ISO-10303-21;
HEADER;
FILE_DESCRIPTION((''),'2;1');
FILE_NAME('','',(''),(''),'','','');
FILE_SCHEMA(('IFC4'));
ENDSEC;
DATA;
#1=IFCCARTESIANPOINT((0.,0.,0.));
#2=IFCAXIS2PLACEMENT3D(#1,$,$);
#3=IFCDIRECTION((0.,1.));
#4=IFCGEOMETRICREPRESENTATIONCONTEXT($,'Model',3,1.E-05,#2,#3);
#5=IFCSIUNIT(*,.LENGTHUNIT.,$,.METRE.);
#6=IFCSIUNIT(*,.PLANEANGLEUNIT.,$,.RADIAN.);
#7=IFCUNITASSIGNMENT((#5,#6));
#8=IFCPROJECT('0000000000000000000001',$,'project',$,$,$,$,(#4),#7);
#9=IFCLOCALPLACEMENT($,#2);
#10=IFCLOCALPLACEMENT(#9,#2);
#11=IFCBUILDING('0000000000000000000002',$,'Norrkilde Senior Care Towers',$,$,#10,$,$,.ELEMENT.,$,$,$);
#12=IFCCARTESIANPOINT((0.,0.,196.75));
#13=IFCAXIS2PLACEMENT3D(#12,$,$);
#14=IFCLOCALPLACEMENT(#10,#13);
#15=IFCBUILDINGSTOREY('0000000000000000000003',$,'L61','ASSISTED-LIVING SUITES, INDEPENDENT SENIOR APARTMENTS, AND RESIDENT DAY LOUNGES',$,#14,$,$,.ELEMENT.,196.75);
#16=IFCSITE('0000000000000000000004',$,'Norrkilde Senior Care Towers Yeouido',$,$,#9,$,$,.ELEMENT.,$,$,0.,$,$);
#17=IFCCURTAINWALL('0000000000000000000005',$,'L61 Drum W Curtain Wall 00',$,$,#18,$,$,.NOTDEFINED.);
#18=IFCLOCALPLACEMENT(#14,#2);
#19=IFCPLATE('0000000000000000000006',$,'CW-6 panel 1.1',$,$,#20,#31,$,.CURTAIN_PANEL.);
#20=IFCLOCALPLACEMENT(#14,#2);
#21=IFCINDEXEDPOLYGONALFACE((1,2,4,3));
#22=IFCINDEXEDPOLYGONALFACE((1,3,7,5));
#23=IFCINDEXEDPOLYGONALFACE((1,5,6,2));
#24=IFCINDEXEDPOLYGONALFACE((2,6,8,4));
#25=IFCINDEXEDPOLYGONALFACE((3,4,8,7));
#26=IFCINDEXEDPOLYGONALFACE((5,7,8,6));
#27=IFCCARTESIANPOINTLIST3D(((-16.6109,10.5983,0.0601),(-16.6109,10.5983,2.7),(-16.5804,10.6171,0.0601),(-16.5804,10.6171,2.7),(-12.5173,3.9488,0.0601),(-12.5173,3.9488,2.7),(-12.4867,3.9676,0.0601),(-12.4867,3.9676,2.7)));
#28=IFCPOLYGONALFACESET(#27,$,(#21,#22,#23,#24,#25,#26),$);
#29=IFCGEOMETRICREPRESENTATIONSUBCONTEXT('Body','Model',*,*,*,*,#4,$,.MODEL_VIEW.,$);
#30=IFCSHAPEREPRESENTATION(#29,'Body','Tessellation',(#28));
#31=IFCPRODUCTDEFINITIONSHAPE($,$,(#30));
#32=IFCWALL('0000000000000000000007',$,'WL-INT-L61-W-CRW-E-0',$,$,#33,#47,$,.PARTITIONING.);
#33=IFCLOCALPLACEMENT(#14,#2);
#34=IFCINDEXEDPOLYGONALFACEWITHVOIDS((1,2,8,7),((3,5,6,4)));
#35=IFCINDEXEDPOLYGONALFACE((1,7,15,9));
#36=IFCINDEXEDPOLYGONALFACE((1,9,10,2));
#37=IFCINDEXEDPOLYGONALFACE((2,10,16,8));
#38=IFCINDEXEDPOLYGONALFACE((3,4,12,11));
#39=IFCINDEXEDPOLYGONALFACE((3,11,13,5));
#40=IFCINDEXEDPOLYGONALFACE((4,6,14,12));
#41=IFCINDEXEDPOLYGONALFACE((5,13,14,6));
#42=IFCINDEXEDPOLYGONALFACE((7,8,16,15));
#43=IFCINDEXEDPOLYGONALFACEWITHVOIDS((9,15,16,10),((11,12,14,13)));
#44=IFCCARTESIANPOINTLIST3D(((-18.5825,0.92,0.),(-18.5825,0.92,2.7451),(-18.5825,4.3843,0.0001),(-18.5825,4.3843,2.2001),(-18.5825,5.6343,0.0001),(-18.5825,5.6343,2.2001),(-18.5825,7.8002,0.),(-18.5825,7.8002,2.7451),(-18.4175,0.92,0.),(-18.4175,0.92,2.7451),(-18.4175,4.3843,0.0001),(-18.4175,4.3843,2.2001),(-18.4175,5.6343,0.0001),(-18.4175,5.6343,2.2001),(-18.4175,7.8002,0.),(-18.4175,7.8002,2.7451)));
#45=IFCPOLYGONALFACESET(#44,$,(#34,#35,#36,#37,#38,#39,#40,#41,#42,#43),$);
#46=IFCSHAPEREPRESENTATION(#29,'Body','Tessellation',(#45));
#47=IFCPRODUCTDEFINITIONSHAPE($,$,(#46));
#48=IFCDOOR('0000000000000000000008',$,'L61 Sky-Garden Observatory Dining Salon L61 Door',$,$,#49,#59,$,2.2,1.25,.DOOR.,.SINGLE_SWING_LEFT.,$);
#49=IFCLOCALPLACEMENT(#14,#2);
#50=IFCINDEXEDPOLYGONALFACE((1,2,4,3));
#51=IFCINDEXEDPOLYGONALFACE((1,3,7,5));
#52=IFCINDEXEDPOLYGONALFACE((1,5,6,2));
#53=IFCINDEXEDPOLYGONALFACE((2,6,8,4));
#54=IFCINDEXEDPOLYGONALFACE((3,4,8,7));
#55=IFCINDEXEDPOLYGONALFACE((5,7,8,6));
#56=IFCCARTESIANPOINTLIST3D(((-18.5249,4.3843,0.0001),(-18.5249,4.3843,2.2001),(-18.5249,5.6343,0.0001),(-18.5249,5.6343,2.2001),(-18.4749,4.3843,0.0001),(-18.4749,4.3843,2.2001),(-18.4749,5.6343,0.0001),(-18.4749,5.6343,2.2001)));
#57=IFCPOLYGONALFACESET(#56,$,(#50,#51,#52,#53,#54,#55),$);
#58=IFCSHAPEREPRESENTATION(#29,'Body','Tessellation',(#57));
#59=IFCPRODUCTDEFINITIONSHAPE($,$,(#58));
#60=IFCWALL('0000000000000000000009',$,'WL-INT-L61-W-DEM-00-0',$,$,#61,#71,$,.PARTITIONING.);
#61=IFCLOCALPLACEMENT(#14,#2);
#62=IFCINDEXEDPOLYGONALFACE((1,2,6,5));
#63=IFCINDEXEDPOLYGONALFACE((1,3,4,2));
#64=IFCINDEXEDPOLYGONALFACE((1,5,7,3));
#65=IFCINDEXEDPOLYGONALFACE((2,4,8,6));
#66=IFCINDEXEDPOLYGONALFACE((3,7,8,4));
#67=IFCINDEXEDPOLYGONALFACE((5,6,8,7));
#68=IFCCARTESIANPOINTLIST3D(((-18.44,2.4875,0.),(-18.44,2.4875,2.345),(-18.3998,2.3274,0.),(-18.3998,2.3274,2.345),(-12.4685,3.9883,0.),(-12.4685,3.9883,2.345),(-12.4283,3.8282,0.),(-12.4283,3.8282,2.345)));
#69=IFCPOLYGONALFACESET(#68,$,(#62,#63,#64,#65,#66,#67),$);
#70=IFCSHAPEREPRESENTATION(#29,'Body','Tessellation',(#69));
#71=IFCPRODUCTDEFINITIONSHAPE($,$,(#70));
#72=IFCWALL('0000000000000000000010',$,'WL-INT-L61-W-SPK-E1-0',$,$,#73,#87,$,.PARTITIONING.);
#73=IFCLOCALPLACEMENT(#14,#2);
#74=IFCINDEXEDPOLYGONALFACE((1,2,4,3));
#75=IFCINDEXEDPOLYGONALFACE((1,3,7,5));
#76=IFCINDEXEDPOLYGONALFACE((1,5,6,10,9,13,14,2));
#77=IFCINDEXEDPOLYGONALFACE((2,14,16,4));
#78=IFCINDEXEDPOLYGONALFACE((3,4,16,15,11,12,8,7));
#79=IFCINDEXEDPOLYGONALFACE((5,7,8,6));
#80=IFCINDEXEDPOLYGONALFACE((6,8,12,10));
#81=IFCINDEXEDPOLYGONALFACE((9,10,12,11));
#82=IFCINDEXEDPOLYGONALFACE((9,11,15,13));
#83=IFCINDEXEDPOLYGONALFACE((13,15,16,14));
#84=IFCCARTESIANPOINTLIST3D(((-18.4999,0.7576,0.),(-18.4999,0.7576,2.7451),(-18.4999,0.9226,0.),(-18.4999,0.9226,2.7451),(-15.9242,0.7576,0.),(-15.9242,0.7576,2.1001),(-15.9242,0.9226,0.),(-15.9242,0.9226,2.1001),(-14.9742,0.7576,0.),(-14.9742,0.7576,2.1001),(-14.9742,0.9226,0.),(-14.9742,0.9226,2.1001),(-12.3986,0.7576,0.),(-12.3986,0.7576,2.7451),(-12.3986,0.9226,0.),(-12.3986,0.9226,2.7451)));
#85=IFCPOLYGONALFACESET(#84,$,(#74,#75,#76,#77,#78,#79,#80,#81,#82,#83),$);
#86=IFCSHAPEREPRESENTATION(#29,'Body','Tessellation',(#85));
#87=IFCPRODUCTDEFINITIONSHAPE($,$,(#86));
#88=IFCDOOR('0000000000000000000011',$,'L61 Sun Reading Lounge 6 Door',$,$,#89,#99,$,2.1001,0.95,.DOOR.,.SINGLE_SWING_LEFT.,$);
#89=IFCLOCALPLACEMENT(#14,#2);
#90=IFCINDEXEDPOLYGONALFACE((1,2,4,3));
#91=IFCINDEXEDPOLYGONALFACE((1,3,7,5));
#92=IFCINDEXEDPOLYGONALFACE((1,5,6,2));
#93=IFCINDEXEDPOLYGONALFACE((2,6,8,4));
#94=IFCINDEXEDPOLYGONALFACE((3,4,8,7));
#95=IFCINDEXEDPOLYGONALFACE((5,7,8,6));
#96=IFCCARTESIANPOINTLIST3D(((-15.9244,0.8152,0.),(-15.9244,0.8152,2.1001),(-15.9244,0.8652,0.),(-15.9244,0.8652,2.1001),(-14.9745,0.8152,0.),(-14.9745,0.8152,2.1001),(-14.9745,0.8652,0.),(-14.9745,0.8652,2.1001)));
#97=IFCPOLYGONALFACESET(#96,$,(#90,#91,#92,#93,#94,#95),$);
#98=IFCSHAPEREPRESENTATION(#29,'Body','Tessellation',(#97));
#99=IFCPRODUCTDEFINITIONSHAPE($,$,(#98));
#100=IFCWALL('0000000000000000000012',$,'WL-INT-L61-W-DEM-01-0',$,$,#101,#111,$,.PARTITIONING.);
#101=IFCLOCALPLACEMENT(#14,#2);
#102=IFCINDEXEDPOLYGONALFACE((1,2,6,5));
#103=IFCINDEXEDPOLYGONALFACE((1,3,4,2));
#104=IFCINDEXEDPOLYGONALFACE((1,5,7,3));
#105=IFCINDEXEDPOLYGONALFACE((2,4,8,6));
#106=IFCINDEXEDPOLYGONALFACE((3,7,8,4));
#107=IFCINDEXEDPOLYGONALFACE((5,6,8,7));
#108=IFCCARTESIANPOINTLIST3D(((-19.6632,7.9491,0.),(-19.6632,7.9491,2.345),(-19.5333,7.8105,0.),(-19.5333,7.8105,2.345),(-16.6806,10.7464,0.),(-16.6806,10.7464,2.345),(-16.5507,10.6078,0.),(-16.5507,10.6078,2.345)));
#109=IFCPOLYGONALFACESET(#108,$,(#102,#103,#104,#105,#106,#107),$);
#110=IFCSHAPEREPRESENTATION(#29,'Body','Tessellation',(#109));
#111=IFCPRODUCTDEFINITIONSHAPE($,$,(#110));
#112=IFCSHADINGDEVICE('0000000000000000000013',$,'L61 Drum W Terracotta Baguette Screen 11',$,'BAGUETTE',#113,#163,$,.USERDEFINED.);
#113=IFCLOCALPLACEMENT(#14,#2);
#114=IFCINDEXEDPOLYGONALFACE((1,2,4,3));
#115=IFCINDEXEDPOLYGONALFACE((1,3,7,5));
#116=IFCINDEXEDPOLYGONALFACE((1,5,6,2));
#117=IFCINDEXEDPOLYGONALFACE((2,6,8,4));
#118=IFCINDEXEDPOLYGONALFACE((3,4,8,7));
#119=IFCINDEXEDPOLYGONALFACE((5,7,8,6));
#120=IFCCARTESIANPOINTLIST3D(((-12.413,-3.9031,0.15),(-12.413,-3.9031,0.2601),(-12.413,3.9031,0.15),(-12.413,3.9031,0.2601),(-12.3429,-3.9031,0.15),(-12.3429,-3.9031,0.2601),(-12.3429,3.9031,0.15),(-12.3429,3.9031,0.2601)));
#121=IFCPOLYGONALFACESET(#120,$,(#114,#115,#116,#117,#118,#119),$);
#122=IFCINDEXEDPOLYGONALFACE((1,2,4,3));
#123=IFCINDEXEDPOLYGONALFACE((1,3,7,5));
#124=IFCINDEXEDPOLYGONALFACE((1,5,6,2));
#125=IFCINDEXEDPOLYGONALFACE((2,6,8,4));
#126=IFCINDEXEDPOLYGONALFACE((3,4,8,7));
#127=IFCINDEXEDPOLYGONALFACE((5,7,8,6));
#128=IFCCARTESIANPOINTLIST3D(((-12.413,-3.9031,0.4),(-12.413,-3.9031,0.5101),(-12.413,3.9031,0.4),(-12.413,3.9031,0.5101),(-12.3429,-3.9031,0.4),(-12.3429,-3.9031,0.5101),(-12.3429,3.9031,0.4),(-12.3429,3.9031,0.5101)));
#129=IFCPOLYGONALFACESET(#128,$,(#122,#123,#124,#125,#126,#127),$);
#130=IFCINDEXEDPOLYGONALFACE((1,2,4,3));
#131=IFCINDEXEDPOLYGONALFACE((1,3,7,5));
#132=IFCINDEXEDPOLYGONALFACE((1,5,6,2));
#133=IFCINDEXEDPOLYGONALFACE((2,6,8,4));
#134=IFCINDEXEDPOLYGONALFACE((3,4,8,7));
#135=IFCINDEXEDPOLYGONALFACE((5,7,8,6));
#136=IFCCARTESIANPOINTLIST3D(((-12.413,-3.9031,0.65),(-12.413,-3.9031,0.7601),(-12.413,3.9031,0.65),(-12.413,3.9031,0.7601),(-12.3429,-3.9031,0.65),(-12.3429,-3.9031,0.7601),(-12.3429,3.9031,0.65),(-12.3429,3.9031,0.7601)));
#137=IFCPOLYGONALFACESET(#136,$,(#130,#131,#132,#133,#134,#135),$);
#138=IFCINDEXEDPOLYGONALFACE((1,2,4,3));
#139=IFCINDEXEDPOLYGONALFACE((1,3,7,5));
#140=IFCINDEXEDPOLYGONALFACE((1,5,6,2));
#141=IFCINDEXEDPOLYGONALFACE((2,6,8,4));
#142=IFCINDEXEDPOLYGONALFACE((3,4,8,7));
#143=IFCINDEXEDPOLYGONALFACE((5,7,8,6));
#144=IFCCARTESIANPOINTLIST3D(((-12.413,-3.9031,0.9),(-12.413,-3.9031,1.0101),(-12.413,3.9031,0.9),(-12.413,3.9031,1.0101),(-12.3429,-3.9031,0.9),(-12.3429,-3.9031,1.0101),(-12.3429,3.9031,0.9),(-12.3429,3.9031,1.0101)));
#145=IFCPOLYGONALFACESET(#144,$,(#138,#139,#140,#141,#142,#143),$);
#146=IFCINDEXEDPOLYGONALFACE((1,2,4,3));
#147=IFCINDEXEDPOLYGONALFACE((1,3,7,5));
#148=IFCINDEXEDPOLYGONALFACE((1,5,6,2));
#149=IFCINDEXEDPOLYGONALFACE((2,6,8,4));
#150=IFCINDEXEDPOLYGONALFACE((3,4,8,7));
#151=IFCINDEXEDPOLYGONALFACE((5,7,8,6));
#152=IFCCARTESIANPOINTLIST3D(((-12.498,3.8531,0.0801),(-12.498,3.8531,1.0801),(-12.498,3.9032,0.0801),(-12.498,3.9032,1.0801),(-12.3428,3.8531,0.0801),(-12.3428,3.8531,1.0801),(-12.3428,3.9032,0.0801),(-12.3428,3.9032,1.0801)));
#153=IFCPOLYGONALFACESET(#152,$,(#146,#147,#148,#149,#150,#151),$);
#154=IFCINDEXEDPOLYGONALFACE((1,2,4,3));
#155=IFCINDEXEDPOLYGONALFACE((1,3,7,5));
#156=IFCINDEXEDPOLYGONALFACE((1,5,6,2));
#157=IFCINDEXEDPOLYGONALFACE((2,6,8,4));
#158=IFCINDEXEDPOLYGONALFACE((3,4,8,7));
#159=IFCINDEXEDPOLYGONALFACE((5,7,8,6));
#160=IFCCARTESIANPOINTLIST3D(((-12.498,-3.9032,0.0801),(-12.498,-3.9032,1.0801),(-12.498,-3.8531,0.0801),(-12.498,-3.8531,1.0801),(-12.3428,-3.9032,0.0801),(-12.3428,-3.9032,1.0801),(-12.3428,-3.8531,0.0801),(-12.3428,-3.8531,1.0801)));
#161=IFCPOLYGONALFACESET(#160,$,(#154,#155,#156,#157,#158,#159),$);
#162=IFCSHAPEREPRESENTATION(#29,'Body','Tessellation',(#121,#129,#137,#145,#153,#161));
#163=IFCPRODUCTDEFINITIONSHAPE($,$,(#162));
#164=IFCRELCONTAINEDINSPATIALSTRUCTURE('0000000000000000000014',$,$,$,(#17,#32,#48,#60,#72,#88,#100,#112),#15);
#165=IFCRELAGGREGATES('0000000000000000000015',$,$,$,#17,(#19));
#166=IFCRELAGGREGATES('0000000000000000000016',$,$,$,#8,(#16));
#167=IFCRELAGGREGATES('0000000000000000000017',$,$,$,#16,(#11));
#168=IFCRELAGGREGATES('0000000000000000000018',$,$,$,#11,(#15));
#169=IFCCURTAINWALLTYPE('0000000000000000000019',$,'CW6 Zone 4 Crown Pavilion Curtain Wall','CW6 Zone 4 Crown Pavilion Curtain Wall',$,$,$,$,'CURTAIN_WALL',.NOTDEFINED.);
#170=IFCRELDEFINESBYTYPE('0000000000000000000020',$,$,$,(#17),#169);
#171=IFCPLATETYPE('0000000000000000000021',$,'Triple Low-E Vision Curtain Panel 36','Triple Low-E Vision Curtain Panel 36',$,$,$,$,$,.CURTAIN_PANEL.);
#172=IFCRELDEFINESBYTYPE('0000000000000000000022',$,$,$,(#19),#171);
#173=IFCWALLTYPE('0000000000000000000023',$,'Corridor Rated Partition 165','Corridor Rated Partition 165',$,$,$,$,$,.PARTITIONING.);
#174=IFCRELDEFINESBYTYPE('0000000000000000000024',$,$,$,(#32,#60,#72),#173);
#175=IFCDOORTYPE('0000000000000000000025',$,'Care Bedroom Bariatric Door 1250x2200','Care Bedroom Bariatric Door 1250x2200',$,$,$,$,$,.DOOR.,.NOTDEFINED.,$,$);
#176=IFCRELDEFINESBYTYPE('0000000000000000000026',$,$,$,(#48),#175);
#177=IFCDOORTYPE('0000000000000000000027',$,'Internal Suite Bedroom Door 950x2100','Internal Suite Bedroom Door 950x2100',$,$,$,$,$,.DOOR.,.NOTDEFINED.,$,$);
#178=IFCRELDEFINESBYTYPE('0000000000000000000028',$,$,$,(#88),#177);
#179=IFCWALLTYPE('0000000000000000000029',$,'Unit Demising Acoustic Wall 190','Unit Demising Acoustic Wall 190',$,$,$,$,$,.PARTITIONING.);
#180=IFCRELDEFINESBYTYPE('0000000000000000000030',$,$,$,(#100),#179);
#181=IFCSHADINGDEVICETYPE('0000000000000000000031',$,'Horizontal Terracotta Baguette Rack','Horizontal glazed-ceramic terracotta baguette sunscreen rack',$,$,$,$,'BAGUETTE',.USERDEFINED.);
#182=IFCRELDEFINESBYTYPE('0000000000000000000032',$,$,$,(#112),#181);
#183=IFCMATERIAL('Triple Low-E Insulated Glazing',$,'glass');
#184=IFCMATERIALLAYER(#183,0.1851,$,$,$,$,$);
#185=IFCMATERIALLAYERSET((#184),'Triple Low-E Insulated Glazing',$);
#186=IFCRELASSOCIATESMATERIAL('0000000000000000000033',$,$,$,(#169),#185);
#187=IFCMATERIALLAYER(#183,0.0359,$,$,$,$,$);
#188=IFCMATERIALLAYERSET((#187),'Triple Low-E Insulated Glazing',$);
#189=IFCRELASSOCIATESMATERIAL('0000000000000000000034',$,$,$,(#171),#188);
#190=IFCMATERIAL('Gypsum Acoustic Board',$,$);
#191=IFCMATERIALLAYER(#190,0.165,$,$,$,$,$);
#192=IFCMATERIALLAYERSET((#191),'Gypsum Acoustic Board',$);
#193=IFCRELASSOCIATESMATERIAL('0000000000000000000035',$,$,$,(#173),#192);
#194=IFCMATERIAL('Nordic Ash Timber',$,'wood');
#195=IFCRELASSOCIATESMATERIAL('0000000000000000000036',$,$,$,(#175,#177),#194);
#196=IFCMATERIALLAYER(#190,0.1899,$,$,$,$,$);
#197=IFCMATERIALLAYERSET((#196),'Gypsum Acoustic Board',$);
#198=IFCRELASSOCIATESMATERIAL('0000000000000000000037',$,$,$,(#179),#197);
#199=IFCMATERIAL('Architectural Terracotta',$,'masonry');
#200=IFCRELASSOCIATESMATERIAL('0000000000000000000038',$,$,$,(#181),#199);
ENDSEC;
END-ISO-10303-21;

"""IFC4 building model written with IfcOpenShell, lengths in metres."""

from ifc_helpers import new_model, si_unit, direction, frame, frame_2d, origin, origin_2d, place, context, subcontext, project, spatial, rectangle, extrude, source, transform, mapped, material, layer, layer_set, type_object, type_shapes, element, fill, aggregate, save


model = new_model("IFC4")

# Units and contexts
model_context = context("Model", 3, precision=1e-05, world=origin(), true_north=direction((0.0, 1.0)))
body_context = subcontext(model_context, "Body", "Model", "MODEL_VIEW")
ifc_project = project(units=[si_unit("LENGTHUNIT", "METRE"), si_unit("PLANEANGLEUNIT", "RADIAN")], contexts=[model_context])

# Site, building, storey
site_placement = place(None, origin())
site = spatial("IfcSite", under=ifc_project, at=site_placement, Name="Norrkilde Senior Care Towers Yeouido", CompositionType="ELEMENT", RefElevation=0.0)
building_placement = place(site_placement, origin())
building = spatial("IfcBuilding", under=site, at=building_placement, Name="Norrkilde Senior Care Towers", CompositionType="ELEMENT")
storey_placement = place(building_placement, frame((0.0, 0.0, 196.75)))
storey = spatial("IfcBuildingStorey", under=building, at=storey_placement, Name="L61", Description="ASSISTED-LIVING SUITES, INDEPENDENT SENIOR APARTMENTS, AND RESIDENT DAY LOUNGES", CompositionType="ELEMENT", Elevation=196.75)

# Curtain wall
ifc_material_1 = material(Name="Triple Low-E Insulated Glazing", Category="glass")
ifc_layer_1 = layer(ifc_material_1, 0.1851)
ifc_layer_set_1 = layer_set([ifc_layer_1], Name="Triple Low-E Insulated Glazing")
curtain_wall_type = type_object("IfcCurtainWallType", Name="CW6 Zone 4 Crown Pavilion Curtain Wall", Description="CW6 Zone 4 Crown Pavilion Curtain Wall", ElementType="CURTAIN_WALL", PredefinedType="NOTDEFINED", material=ifc_layer_set_1)
curtain_wall_1_placement = place(storey_placement, origin())
curtain_wall_1 = element("IfcCurtainWall", 1, at=curtain_wall_1_placement, inside=storey, type_object=curtain_wall_type, Name="L61 Drum W Curtain Wall 00", PredefinedType="NOTDEFINED")

# Plate
ifc_layer_2 = layer(ifc_material_1, 0.0359)
ifc_layer_set_2 = layer_set([ifc_layer_2], Name="Triple Low-E Insulated Glazing")
plate_type_1 = type_object("IfcPlateType", Name="Triple Low-E Vision Curtain Panel 36", Description="Triple Low-E Vision Curtain Panel 36", PredefinedType="CURTAIN_PANEL", material=ifc_layer_set_2)
shared_shape_1 = source(origin(), body_context, "Body", "SweptSolid", [
    extrude(rectangle(XDim=7.8086, YDim=0.0359, at=origin_2d()), origin(), (0.0, 0.0, 1.0), 2.6399),
])
type_shapes(plate_type_1, [shared_shape_1])
plate_placement = place(storey_placement, frame((-14.5488, 7.283, 0.0601), z_axis=(0.0, 0.0, 1.0), x_axis=(0.524253, -0.851563, 0.0)))
plate = element("IfcPlate", 2, at=plate_placement, type_object=plate_type_1, Name="CW-6 panel 1.1", PredefinedType="CURTAIN_PANEL", context=body_context, shape_type="MappedRepresentation", body=[
    mapped(shared_shape_1, transform((0.0, 0.0, 0.0), x_axis=(1.0, 0.0, 0.0), y_axis=(0.0, 1.0, 0.0), z_axis=(0.0, 0.0, 1.0), scale=1.0)),
])
aggregate(curtain_wall_1, [plate])

# Wall, opening, door
ifc_material_2 = material(Name="Gypsum Acoustic Board")
ifc_layer_3 = layer(ifc_material_2, 0.165)
ifc_layer_set_3 = layer_set([ifc_layer_3], Name="Gypsum Acoustic Board")
wall_type_1 = type_object("IfcWallType", Name="Corridor Rated Partition 165", Description="Corridor Rated Partition 165", PredefinedType="PARTITIONING", material=ifc_layer_set_3)
shared_shape_2 = source(origin(), body_context, "Body", "SweptSolid", [
    extrude(rectangle(XDim=6.8801, YDim=0.165, at=frame_2d((3.4399, 0.0))), origin(), (0.0, 0.0, 1.0), 2.7451),
])
wall_1_placement = place(storey_placement, frame((-18.5, 7.8, 0.0), z_axis=(0.0, 0.0, 1.0), x_axis=(0.0, -1.0, 0.0)))
wall_1 = element("IfcWall", 3, at=wall_1_placement, inside=storey, type_object=wall_type_1, Name="WL-INT-L61-W-CRW-E-0", PredefinedType="PARTITIONING", context=body_context, shape_type="MappedRepresentation", body=[
    mapped(shared_shape_2, transform((0.0, 0.0, 0.0), x_axis=(1.0, 0.0, 0.0), y_axis=(0.0, 1.0, 0.0), z_axis=(0.0, 0.0, 1.0), scale=1.0)),
])
opening_1_placement = place(wall_1_placement, frame((2.1658, 0.0, 0.0)))
opening_1 = element("IfcOpeningElement", 4, at=opening_1_placement, cuts=wall_1, PredefinedType="OPENING", context=body_context, shape_type="SweptSolid", body=[
    extrude(rectangle(XDim=1.25, YDim=2.2, at=frame_2d((0.625, 1.1001))), frame((0.0, 0.0925, 0.0), z_axis=(0.0, -1.0, 0.0), x_axis=(1.0, 0.0, 0.0)), (0.0, 0.0, 1.0), 0.1851),
])
ifc_material_3 = material(Name="Nordic Ash Timber", Category="wood")
door_type_1 = type_object("IfcDoorType", Name="Care Bedroom Bariatric Door 1250x2200", Description="Care Bedroom Bariatric Door 1250x2200", OperationType="NOTDEFINED", PredefinedType="DOOR", material=ifc_material_3)
shared_shape_3 = source(origin(), body_context, "Body", "SweptSolid", [
    extrude(rectangle(XDim=1.25, YDim=2.2, at=frame_2d((0.625, 1.1001))), frame((0.0, 0.0249, 0.0), z_axis=(0.0, -1.0, 0.0), x_axis=(1.0, 0.0, 0.0)), (0.0, 0.0, 1.0), 0.05),
])
type_shapes(door_type_1, [shared_shape_3])
door_1_placement = place(opening_1_placement, frame((1.25, 0.0, 0.0), z_axis=(0.0, 0.0, 1.0), x_axis=(-1.0, 0.0, 0.0)))
door_1 = element("IfcDoor", 5, at=door_1_placement, inside=storey, type_object=door_type_1, Name="L61 Sky-Garden Observatory Dining Salon L61 Door", OperationType="SINGLE_SWING_LEFT", OverallHeight=2.2, OverallWidth=1.25, PredefinedType="DOOR", context=body_context, shape_type="MappedRepresentation", body=[
    mapped(shared_shape_3, transform((0.0, 0.0, 0.0), x_axis=(1.0, 0.0, 0.0), y_axis=(0.0, 1.0, 0.0), z_axis=(0.0, 0.0, 1.0), scale=1.0)),
])
fill(opening_1, door_1)

# Wall
shared_shape_4 = source(origin(), body_context, "Body", "SweptSolid", [
    extrude(rectangle(XDim=6.1572, YDim=0.165, at=frame_2d((3.0786, 0.0))), origin(), (0.0, 0.0, 1.0), 2.345),
])
wall_2_placement = place(storey_placement, frame((-18.4199, 2.4075, 0.0), z_axis=(0.0, 0.0, 1.0), x_axis=(0.969841, 0.243739, 0.0)))
element("IfcWall", 6, at=wall_2_placement, inside=storey, type_object=wall_type_1, Name="WL-INT-L61-W-DEM-00-0", PredefinedType="PARTITIONING", context=body_context, shape_type="MappedRepresentation", body=[
    mapped(shared_shape_4, transform((0.0, 0.0, 0.0), x_axis=(1.0, 0.0, 0.0), y_axis=(0.0, 1.0, 0.0), z_axis=(0.0, 0.0, 1.0), scale=1.0)),
])

# Wall, opening, door
shared_shape_5 = source(origin(), body_context, "Body", "SweptSolid", [
    extrude(rectangle(XDim=6.1013, YDim=0.165, at=frame_2d((3.0508, 0.0))), origin(), (0.0, 0.0, 1.0), 2.7451),
])
type_shapes(wall_type_1, [shared_shape_2, shared_shape_4, shared_shape_5])
wall_3_placement = place(storey_placement, frame((-18.5, 0.8401, 0.0), z_axis=(0.0, 0.0, 1.0), x_axis=(1.0, 0.0, 0.0)))
wall_3 = element("IfcWall", 7, at=wall_3_placement, inside=storey, type_object=wall_type_1, Name="WL-INT-L61-W-SPK-E1-0", PredefinedType="PARTITIONING", context=body_context, shape_type="MappedRepresentation", body=[
    mapped(shared_shape_5, transform((0.0, 0.0, 0.0), x_axis=(1.0, 0.0, 0.0), y_axis=(0.0, 1.0, 0.0), z_axis=(0.0, 0.0, 1.0), scale=1.0)),
])
opening_2_placement = place(wall_3_placement, frame((2.5757, 0.0, 0.0)))
opening_2 = element("IfcOpeningElement", 8, at=opening_2_placement, cuts=wall_3, PredefinedType="OPENING", context=body_context, shape_type="SweptSolid", body=[
    extrude(rectangle(XDim=0.95, YDim=2.1001, at=frame_2d((0.4751, 1.05))), frame((0.0, 0.0925, 0.0), z_axis=(0.0, -1.0, 0.0), x_axis=(1.0, 0.0, 0.0)), (0.0, 0.0, 1.0), 0.1851),
])
door_type_2 = type_object("IfcDoorType", Name="Internal Suite Bedroom Door 950x2100", Description="Internal Suite Bedroom Door 950x2100", OperationType="NOTDEFINED", PredefinedType="DOOR", material=ifc_material_3)
shared_shape_6 = source(origin(), body_context, "Body", "SweptSolid", [
    extrude(rectangle(XDim=0.95, YDim=2.1001, at=frame_2d((0.4751, 1.05))), frame((0.0, 0.0249, 0.0), z_axis=(0.0, -1.0, 0.0), x_axis=(1.0, 0.0, 0.0)), (0.0, 0.0, 1.0), 0.05),
])
type_shapes(door_type_2, [shared_shape_6])
door_2_placement = place(opening_2_placement, frame((0.95, 0.0, 0.0), z_axis=(0.0, 0.0, 1.0), x_axis=(-1.0, 0.0, 0.0)))
door_2 = element("IfcDoor", 9, at=door_2_placement, inside=storey, type_object=door_type_2, Name="L61 Sun Reading Lounge 6 Door", OperationType="SINGLE_SWING_LEFT", OverallHeight=2.1001, OverallWidth=0.95, PredefinedType="DOOR", context=body_context, shape_type="MappedRepresentation", body=[
    mapped(shared_shape_6, transform((0.0, 0.0, 0.0), x_axis=(1.0, 0.0, 0.0), y_axis=(0.0, 1.0, 0.0), z_axis=(0.0, 0.0, 1.0), scale=1.0)),
])
fill(opening_2, door_2)

# Wall
ifc_layer_4 = layer(ifc_material_2, 0.1899)
ifc_layer_set_4 = layer_set([ifc_layer_4], Name="Gypsum Acoustic Board")
wall_type_2 = type_object("IfcWallType", Name="Unit Demising Acoustic Wall 190", Description="Unit Demising Acoustic Wall 190", PredefinedType="PARTITIONING", material=ifc_layer_set_4)
shared_shape_7 = source(origin(), body_context, "Body", "SweptSolid", [
    extrude(rectangle(XDim=4.0891, YDim=0.1899, at=frame_2d((2.0444, 0.0))), origin(), (0.0, 0.0, 1.0), 2.345),
])
type_shapes(wall_type_2, [shared_shape_7])
wall_4_placement = place(storey_placement, frame((-19.5981, 7.8799, 0.0), z_axis=(0.0, 0.0, 1.0), x_axis=(0.729401, 0.684086, 0.0)))
element("IfcWall", 10, at=wall_4_placement, inside=storey, type_object=wall_type_2, Name="WL-INT-L61-W-DEM-01-0", PredefinedType="PARTITIONING", context=body_context, shape_type="MappedRepresentation", body=[
    mapped(shared_shape_7, transform((0.0, 0.0, 0.0), x_axis=(1.0, 0.0, 0.0), y_axis=(0.0, 1.0, 0.0), z_axis=(0.0, 0.0, 1.0), scale=1.0)),
])

# Shading device
ifc_material_4 = material(Name="Architectural Terracotta", Category="masonry")
shading_device_type = type_object("IfcShadingDeviceType", Name="Horizontal Terracotta Baguette Rack", Description="Horizontal glazed-ceramic terracotta baguette sunscreen rack", ElementType="BAGUETTE", PredefinedType="USERDEFINED", material=ifc_material_4)
shared_shape_8 = source(origin(), body_context, "Body", "SweptSolid", [
    extrude(rectangle(XDim=0.0701, YDim=0.1101, at=origin_2d()), frame((0.0, 0.0901, 0.125), z_axis=(1.0, 0.0, 0.0), x_axis=(0.0, 1.0, 0.0)), (0.0, 0.0, 1.0), 7.8062),
    extrude(rectangle(XDim=0.0701, YDim=0.1101, at=origin_2d()), frame((0.0, 0.0901, 0.375), z_axis=(1.0, 0.0, 0.0), x_axis=(0.0, 1.0, 0.0)), (0.0, 0.0, 1.0), 7.8062),
    extrude(rectangle(XDim=0.0701, YDim=0.1101, at=origin_2d()), frame((0.0, 0.0901, 0.625), z_axis=(1.0, 0.0, 0.0), x_axis=(0.0, 1.0, 0.0)), (0.0, 0.0, 1.0), 7.8062),
    extrude(rectangle(XDim=0.0701, YDim=0.1101, at=origin_2d()), frame((0.0, 0.0901, 0.875), z_axis=(1.0, 0.0, 0.0), x_axis=(0.0, 1.0, 0.0)), (0.0, 0.0, 1.0), 7.8062),
    extrude(rectangle(XDim=0.05, YDim=0.1553, at=origin_2d()), frame((0.0249, 0.0476, 0.0)), (0.0, 0.0, 1.0), 1.0),
    extrude(rectangle(XDim=0.05, YDim=0.1553, at=origin_2d()), frame((7.7812, 0.0476, 0.0)), (0.0, 0.0, 1.0), 1.0),
])
type_shapes(shading_device_type, [shared_shape_8])
shading_device_placement = place(storey_placement, frame((-12.468, 3.9031, 0.0801), z_axis=(0.0, 0.0, 1.0), x_axis=(0.0, -1.0, 0.0)))
element("IfcShadingDevice", 11, at=shading_device_placement, inside=storey, type_object=shading_device_type, Name="L61 Drum W Terracotta Baguette Screen 11", ObjectType="BAGUETTE", PredefinedType="USERDEFINED", context=body_context, shape_type="MappedRepresentation", body=[
    mapped(shared_shape_8, transform((0.0, 0.0, 0.0), x_axis=(1.0, 0.0, 0.0), y_axis=(0.0, 1.0, 0.0), z_axis=(0.0, 0.0, 1.0), scale=1.0)),
])

save(model, "model.ifc")
